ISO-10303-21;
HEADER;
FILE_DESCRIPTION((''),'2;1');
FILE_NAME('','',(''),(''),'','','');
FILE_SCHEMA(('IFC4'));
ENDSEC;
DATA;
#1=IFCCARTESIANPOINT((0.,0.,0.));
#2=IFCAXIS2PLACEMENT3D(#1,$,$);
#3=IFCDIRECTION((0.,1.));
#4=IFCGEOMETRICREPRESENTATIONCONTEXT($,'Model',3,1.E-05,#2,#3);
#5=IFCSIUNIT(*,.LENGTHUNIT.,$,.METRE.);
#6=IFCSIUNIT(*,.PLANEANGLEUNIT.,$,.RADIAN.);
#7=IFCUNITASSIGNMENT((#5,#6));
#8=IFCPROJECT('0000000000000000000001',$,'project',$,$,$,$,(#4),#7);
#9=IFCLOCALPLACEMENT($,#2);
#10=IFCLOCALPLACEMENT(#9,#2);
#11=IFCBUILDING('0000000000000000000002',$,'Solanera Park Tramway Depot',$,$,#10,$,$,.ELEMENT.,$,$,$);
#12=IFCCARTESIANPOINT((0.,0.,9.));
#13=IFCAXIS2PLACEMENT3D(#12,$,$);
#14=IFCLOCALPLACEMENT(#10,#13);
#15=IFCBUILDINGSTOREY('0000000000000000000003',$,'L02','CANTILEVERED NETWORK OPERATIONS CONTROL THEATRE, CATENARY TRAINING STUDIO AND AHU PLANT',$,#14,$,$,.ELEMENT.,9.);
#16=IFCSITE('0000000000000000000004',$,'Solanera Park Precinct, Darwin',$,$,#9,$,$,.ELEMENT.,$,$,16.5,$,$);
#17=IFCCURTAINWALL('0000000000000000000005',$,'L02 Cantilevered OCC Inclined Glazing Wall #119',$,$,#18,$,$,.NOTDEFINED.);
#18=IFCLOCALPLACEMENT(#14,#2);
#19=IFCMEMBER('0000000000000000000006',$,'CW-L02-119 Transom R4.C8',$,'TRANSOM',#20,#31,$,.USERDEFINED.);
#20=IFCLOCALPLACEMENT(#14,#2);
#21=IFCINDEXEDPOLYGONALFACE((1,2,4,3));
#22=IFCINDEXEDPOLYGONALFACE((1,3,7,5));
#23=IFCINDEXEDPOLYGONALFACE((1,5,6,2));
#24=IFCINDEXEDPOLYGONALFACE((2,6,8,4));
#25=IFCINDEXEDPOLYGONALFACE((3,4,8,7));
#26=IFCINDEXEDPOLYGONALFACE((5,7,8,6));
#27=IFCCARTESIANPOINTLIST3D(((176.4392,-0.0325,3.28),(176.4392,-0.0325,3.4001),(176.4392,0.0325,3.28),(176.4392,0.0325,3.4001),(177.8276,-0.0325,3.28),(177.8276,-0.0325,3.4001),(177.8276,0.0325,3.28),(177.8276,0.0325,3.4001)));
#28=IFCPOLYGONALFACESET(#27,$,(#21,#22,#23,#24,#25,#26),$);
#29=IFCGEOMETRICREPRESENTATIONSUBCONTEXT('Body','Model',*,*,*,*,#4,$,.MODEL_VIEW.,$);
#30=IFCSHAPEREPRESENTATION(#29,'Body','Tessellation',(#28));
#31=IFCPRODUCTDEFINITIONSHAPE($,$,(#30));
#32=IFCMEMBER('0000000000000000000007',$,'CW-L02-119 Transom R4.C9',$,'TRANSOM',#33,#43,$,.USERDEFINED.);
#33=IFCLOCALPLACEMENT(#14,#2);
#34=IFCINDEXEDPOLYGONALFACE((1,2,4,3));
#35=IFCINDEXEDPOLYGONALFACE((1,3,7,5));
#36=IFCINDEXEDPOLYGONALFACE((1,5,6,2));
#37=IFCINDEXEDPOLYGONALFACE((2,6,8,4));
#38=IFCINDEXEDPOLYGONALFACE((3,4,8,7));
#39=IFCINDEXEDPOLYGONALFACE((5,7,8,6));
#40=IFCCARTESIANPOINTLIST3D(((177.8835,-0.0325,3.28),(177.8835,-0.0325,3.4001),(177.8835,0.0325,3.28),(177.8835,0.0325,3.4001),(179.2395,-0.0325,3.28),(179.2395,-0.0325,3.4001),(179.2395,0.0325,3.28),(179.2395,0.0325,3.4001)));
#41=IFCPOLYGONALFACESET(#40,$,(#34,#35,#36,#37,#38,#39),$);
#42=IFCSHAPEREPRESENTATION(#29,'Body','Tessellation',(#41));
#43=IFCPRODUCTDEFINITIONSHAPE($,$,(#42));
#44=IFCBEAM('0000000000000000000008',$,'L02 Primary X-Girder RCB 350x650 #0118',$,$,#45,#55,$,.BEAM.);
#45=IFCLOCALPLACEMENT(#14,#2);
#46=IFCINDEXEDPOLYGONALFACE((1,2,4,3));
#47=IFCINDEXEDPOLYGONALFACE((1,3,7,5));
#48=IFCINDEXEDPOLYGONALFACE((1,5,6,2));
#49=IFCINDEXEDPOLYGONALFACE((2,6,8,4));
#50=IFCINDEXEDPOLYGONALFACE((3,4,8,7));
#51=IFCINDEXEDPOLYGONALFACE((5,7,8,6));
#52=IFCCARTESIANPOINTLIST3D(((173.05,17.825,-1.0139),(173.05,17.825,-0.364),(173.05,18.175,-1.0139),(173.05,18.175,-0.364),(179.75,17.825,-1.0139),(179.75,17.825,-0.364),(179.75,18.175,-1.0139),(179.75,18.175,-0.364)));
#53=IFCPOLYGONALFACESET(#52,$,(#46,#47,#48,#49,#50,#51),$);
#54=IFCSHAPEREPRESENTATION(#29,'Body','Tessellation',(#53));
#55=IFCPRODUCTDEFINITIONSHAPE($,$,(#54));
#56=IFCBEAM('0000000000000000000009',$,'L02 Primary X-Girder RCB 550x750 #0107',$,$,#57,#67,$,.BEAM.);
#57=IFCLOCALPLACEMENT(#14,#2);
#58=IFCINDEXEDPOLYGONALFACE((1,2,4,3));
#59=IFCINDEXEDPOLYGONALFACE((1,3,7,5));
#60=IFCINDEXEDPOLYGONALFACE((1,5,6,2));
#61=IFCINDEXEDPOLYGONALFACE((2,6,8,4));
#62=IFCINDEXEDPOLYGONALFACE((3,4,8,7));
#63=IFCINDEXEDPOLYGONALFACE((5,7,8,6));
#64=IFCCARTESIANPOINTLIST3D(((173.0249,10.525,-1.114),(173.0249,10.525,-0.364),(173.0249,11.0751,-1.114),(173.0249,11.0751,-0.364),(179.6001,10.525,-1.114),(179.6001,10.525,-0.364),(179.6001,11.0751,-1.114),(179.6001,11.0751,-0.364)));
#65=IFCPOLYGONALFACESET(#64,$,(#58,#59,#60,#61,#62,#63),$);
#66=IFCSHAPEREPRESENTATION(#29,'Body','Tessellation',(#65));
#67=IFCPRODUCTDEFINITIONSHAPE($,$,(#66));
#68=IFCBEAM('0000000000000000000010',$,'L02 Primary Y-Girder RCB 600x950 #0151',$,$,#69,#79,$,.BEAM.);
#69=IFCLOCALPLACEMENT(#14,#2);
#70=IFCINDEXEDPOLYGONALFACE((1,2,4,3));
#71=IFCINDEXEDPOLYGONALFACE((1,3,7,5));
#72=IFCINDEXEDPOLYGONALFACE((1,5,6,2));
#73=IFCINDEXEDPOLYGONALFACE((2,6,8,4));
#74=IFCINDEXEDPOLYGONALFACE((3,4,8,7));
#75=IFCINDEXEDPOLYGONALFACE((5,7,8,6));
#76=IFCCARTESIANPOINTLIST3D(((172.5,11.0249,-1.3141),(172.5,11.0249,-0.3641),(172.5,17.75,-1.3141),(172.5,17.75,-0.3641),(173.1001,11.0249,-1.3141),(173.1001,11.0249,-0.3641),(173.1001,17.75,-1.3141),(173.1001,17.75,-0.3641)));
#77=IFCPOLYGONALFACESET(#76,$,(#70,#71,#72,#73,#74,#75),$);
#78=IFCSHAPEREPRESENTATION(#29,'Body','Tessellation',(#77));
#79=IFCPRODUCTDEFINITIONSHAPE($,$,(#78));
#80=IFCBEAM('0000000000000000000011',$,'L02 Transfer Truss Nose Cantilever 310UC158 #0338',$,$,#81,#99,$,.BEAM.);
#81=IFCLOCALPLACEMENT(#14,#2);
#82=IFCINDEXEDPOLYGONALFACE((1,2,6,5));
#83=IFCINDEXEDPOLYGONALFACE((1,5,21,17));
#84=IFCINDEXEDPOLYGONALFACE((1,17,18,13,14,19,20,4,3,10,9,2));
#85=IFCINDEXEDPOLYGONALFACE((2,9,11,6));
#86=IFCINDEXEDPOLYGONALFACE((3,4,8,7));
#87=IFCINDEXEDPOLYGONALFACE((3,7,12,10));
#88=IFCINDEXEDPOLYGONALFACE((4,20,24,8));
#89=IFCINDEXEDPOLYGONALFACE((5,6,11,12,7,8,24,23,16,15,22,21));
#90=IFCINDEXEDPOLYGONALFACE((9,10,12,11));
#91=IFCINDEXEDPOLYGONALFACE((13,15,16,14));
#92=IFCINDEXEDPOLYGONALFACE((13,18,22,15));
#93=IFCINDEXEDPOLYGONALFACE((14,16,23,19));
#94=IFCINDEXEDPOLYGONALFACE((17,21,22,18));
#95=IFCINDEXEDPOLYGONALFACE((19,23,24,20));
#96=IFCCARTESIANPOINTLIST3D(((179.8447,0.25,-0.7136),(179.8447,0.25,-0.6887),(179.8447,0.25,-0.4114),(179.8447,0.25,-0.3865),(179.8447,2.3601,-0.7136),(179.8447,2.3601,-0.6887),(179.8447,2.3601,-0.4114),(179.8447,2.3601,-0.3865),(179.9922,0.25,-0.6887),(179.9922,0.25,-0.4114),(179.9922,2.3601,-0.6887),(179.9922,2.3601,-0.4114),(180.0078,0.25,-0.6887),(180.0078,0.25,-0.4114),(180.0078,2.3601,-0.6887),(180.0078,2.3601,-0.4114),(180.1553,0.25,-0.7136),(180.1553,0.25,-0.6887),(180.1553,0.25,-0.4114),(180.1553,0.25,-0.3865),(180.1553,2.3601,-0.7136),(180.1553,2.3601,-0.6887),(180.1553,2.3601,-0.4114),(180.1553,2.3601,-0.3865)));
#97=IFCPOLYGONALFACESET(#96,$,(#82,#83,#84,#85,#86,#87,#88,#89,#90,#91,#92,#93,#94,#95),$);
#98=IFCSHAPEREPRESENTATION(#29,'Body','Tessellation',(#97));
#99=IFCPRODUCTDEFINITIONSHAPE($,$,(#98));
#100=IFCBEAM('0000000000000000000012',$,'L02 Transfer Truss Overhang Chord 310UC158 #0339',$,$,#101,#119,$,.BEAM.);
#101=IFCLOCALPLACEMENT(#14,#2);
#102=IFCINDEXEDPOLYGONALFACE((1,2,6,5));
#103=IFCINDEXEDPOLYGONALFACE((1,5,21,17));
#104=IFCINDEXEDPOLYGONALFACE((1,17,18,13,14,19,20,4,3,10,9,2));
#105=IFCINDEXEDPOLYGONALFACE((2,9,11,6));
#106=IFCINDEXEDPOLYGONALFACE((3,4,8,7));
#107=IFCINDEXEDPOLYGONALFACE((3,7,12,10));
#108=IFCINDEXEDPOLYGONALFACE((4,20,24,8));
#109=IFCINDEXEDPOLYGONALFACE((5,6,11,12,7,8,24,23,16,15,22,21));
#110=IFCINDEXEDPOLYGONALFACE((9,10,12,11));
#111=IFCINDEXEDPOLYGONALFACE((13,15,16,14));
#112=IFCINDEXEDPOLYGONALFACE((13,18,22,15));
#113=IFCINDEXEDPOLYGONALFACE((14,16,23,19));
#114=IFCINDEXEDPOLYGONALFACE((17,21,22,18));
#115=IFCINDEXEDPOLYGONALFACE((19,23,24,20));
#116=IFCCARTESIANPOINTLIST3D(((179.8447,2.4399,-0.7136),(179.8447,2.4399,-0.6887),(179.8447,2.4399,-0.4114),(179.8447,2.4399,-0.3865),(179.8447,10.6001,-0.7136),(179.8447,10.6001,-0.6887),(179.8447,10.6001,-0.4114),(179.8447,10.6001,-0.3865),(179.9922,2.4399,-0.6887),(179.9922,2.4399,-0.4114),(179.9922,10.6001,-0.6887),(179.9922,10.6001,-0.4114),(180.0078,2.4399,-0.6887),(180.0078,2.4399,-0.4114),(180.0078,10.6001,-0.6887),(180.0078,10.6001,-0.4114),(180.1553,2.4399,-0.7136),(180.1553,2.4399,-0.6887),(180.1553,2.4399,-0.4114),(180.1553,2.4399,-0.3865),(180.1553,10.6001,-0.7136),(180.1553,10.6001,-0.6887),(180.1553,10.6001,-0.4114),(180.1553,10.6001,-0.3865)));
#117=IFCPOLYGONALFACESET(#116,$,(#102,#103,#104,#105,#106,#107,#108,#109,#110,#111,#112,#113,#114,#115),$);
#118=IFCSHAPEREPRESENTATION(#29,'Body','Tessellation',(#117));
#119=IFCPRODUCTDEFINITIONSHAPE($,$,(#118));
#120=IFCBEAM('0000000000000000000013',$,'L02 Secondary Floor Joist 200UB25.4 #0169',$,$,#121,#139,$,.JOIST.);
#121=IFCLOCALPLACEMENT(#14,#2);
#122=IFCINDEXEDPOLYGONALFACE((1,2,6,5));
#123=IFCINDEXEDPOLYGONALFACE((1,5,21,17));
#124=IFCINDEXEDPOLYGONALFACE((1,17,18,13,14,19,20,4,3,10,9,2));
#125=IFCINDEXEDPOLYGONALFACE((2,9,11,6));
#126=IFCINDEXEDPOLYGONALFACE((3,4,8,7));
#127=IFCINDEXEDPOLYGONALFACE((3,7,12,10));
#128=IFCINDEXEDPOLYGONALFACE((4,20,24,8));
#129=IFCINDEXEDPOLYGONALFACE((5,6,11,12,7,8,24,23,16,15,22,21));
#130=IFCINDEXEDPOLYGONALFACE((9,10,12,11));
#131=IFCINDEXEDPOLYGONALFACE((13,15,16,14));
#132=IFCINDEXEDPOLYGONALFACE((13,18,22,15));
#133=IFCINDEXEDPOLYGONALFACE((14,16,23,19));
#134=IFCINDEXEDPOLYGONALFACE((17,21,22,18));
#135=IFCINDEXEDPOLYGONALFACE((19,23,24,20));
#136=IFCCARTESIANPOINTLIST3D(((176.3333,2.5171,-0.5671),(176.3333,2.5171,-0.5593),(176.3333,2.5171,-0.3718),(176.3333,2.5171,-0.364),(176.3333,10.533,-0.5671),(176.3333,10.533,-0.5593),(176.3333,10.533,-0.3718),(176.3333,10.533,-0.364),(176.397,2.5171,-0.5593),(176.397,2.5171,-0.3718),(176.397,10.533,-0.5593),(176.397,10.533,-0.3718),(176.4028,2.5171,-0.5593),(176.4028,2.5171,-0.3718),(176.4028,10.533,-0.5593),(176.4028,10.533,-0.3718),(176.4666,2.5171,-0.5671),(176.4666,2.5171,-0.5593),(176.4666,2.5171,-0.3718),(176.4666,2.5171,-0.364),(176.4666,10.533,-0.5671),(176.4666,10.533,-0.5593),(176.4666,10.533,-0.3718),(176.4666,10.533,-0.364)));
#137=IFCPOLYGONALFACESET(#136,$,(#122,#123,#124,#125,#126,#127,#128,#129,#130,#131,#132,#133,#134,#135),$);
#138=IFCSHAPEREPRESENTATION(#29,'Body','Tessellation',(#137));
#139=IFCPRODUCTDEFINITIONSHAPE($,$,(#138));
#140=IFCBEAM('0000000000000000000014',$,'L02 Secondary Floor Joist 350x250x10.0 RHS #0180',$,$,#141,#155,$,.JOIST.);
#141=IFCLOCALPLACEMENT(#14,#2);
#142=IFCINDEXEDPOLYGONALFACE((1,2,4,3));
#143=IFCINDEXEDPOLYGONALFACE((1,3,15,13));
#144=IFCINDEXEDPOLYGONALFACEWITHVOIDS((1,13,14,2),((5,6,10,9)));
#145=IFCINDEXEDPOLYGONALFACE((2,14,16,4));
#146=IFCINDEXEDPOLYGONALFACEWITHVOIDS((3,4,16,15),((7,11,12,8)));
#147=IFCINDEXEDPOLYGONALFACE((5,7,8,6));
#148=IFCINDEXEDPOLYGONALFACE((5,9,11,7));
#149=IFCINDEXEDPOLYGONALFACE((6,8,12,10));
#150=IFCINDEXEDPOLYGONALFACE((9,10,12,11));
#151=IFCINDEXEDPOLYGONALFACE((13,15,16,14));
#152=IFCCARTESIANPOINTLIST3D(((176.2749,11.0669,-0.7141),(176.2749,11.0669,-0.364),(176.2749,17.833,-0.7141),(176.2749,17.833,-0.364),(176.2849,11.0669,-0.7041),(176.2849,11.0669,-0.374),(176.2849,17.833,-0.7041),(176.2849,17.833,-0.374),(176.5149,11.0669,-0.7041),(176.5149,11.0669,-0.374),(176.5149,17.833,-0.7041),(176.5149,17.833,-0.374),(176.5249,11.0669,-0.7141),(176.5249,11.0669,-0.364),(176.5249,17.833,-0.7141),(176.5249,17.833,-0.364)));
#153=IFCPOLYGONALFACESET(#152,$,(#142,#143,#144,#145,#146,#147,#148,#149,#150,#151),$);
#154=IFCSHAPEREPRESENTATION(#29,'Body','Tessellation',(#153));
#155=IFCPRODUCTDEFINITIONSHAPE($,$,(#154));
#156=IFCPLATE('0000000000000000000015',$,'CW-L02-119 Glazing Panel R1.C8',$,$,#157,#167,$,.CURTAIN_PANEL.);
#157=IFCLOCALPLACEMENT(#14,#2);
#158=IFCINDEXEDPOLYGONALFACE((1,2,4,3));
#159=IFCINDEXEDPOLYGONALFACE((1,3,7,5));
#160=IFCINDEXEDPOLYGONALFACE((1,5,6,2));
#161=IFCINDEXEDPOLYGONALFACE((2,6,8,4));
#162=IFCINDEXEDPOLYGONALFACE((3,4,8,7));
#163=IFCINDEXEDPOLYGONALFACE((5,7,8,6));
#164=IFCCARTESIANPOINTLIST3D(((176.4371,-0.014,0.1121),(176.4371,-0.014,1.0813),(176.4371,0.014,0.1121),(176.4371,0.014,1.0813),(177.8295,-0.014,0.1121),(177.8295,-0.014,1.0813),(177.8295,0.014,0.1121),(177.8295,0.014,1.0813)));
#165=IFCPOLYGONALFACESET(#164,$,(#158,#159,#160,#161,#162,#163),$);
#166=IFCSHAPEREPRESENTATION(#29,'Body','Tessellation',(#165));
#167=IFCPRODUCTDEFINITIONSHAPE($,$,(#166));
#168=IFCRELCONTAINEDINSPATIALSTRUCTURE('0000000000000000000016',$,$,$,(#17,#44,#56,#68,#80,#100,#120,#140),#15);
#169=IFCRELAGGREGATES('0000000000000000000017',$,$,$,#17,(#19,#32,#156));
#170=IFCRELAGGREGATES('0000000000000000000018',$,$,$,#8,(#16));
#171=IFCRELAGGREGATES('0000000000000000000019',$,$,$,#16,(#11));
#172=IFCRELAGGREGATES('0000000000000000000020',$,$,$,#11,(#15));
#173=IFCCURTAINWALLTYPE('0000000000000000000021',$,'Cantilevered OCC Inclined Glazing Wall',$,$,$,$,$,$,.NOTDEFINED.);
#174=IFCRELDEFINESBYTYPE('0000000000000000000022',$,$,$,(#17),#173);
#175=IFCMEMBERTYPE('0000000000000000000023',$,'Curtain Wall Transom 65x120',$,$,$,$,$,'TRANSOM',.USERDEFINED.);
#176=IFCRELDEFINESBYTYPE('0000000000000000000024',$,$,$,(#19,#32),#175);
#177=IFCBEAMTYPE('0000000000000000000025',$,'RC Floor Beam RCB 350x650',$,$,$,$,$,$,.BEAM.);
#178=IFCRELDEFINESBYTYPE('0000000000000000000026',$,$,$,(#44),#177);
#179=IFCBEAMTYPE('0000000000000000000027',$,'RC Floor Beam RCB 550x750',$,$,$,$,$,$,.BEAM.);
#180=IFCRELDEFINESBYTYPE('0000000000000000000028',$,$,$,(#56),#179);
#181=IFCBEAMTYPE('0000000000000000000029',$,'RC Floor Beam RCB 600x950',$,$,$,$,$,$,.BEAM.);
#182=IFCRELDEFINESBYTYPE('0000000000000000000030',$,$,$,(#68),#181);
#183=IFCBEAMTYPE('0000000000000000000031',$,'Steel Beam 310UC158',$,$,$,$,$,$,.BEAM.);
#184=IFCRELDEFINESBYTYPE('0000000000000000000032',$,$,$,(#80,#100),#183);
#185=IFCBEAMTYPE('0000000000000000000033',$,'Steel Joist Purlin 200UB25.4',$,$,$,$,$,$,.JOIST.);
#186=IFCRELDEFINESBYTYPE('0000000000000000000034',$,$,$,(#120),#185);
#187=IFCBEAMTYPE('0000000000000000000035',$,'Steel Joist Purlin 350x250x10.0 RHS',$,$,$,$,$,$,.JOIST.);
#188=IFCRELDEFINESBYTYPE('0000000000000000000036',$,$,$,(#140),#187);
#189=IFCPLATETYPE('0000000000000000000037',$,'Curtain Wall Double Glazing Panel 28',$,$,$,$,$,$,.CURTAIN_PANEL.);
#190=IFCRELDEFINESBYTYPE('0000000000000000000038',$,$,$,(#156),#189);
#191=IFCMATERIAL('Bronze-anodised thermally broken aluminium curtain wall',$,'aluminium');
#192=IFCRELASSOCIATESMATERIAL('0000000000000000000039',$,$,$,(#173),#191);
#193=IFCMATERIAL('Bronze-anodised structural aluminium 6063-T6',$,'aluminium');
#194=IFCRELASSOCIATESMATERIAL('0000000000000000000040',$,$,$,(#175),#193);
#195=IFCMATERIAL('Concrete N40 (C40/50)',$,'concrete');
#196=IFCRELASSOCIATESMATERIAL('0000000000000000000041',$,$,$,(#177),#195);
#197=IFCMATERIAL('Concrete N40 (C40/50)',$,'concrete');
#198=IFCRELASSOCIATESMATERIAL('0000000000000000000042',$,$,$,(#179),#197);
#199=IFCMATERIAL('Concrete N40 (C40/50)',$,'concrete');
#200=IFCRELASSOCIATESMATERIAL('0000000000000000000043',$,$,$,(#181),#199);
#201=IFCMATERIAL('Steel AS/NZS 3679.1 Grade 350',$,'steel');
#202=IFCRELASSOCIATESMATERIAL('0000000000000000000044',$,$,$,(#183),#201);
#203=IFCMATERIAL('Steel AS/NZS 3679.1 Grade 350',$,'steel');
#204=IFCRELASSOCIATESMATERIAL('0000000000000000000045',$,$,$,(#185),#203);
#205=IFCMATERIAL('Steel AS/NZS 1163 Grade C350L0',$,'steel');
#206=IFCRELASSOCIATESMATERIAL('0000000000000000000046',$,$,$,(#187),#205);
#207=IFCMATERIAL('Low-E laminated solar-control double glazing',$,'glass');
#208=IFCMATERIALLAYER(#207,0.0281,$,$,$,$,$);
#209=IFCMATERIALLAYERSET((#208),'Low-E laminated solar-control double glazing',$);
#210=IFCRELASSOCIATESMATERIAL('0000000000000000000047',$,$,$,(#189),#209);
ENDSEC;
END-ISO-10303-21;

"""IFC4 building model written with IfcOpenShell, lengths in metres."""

from ifc_helpers import new_model, si_unit, direction, frame, origin, origin_2d, place, context, subcontext, project, spatial, rectangle, hollow_rectangle, i_section, extrude, material, layer, layer_set, material_profile, profile_set, type_object, element, aggregate, save


model = new_model("IFC4")

# Units and contexts
model_context = context("Model", 3, precision=1e-05, world=origin(), true_north=direction((0.0, 1.0)))
body_context = subcontext(model_context, "Body", "Model", "MODEL_VIEW")
ifc_project = project(units=[si_unit("LENGTHUNIT", "METRE"), si_unit("PLANEANGLEUNIT", "RADIAN")], contexts=[model_context])

# Site, building, storey
site_placement = place(None, origin())
site = spatial("IfcSite", under=ifc_project, at=site_placement, Name="Solanera Park Precinct, Darwin", CompositionType="ELEMENT", RefElevation=16.5)
building_placement = place(site_placement, origin())
building = spatial("IfcBuilding", under=site, at=building_placement, Name="Solanera Park Tramway Depot", CompositionType="ELEMENT")
storey_placement = place(building_placement, frame((0.0, 0.0, 9.0)))
storey = spatial("IfcBuildingStorey", under=building, at=storey_placement, Name="L02", Description="CANTILEVERED NETWORK OPERATIONS CONTROL THEATRE, CATENARY TRAINING STUDIO AND AHU PLANT", CompositionType="ELEMENT", Elevation=9.0)

# Curtain wall, members
ifc_material_1 = material(Name="Bronze-anodised thermally broken aluminium curtain wall", Category="aluminium")
curtain_wall_type = type_object("IfcCurtainWallType", Name="Cantilevered OCC Inclined Glazing Wall", PredefinedType="NOTDEFINED", material=ifc_material_1)
curtain_wall_placement = place(storey_placement, origin())
curtain_wall = element("IfcCurtainWall", 1, at=curtain_wall_placement, inside=storey, type_object=curtain_wall_type, Name="L02 Cantilevered OCC Inclined Glazing Wall #119", PredefinedType="NOTDEFINED")
ifc_material_2 = material(Name="Bronze-anodised structural aluminium 6063-T6", Category="aluminium")
ifc_material_profile_1 = material_profile(ifc_material_2, rectangle(XDim=0.0649, YDim=0.1201, at=origin_2d()), Name="Curtain Wall Transom 65x120")
ifc_profile_set_1 = profile_set([ifc_material_profile_1], Name="Bronze-anodised structural aluminium 6063-T6")
member_type_1 = type_object("IfcMemberType", Name="Curtain Wall Transom 65x120", ElementType="TRANSOM", PredefinedType="USERDEFINED", material=ifc_profile_set_1)
member_1_placement = place(storey_placement, frame((176.4392, 0.0, 3.3401), z_axis=(1.0, 0.0, 0.0), x_axis=(0.0, 1.0, 0.0)))
member_1 = element("IfcMember", 2, at=member_1_placement, type_object=member_type_1, Name="CW-L02-119 Transom R4.C8", ObjectType="TRANSOM", PredefinedType="USERDEFINED", context=body_context, shape_type="SweptSolid", body=[
    extrude(rectangle(XDim=0.0649, YDim=0.1201, at=origin_2d()), origin(), (0.0, 0.0, 1.0), 1.3884),
])
member_2_placement = place(storey_placement, frame((177.8835, 0.0, 3.3401), z_axis=(1.0, 0.0, 0.0), x_axis=(0.0, 1.0, 0.0)))
member_2 = element("IfcMember", 3, at=member_2_placement, type_object=member_type_1, Name="CW-L02-119 Transom R4.C9", ObjectType="TRANSOM", PredefinedType="USERDEFINED", context=body_context, shape_type="SweptSolid", body=[
    extrude(rectangle(XDim=0.0649, YDim=0.1201, at=origin_2d()), origin(), (0.0, 0.0, 1.0), 1.356),
])

# Beams
ifc_material_3 = material(Name="Concrete N40 (C40/50)", Category="concrete")
ifc_material_profile_2 = material_profile(ifc_material_3, rectangle(XDim=0.3501, YDim=0.6499, at=origin_2d()), Name="RCB 350x650")
ifc_profile_set_2 = profile_set([ifc_material_profile_2], Name="Concrete N40 (C40/50)")
beam_type_1 = type_object("IfcBeamType", Name="RC Floor Beam RCB 350x650", PredefinedType="BEAM", material=ifc_profile_set_2)
beam_1_placement = place(storey_placement, frame((173.05, 18.0, -0.689), z_axis=(1.0, 0.0, 0.0), x_axis=(0.0, 1.0, 0.0)))
element("IfcBeam", 4, at=beam_1_placement, inside=storey, type_object=beam_type_1, Name="L02 Primary X-Girder RCB 350x650 #0118", PredefinedType="BEAM", context=body_context, shape_type="SweptSolid", body=[
    extrude(rectangle(XDim=0.3501, YDim=0.6499, at=origin_2d()), origin(), (0.0, 0.0, 1.0), 6.7),
])
ifc_material_4 = material(Name="Concrete N40 (C40/50)", Category="concrete")
ifc_material_profile_3 = material_profile(ifc_material_4, rectangle(XDim=0.55, YDim=0.75, at=origin_2d()), Name="RCB 550x750")
ifc_profile_set_3 = profile_set([ifc_material_profile_3], Name="Concrete N40 (C40/50)")
beam_type_2 = type_object("IfcBeamType", Name="RC Floor Beam RCB 550x750", PredefinedType="BEAM", material=ifc_profile_set_3)
beam_2_placement = place(storey_placement, frame((173.0249, 10.8, -0.739), z_axis=(1.0, 0.0, 0.0), x_axis=(0.0, 1.0, 0.0)))
element("IfcBeam", 5, at=beam_2_placement, inside=storey, type_object=beam_type_2, Name="L02 Primary X-Girder RCB 550x750 #0107", PredefinedType="BEAM", context=body_context, shape_type="SweptSolid", body=[
    extrude(rectangle(XDim=0.55, YDim=0.75, at=origin_2d()), origin(), (0.0, 0.0, 1.0), 6.5752),
])
ifc_material_5 = material(Name="Concrete N40 (C40/50)", Category="concrete")
ifc_material_profile_4 = material_profile(ifc_material_5, rectangle(XDim=0.6001, YDim=0.95, at=origin_2d()), Name="RCB 600x950")
ifc_profile_set_4 = profile_set([ifc_material_profile_4], Name="Concrete N40 (C40/50)")
beam_type_3 = type_object("IfcBeamType", Name="RC Floor Beam RCB 600x950", PredefinedType="BEAM", material=ifc_profile_set_4)
beam_3_placement = place(storey_placement, frame((172.8, 11.0249, -0.8391), z_axis=(0.0, 1.0, 0.0), x_axis=(-1.0, 0.0, 0.0)))
element("IfcBeam", 6, at=beam_3_placement, inside=storey, type_object=beam_type_3, Name="L02 Primary Y-Girder RCB 600x950 #0151", PredefinedType="BEAM", context=body_context, shape_type="SweptSolid", body=[
    extrude(rectangle(XDim=0.6001, YDim=0.95, at=origin_2d()), origin(), (0.0, 0.0, 1.0), 6.7251),
])
ifc_material_6 = material(Name="Steel AS/NZS 3679.1 Grade 350", Category="steel")
ifc_material_profile_5 = material_profile(ifc_material_6, i_section(OverallWidth=0.3105, OverallDepth=0.3271, WebThickness=0.0156, FlangeThickness=0.0249, at=origin_2d()), Name="310UC158")
ifc_profile_set_5 = profile_set([ifc_material_profile_5], Name="Steel AS/NZS 3679.1 Grade 350")
beam_type_4 = type_object("IfcBeamType", Name="Steel Beam 310UC158", PredefinedType="BEAM", material=ifc_profile_set_5)
beam_4_placement = place(storey_placement, frame((180.0, 0.25, -0.55), z_axis=(0.0, 1.0, 0.0), x_axis=(-1.0, 0.0, 0.0)))
element("IfcBeam", 7, at=beam_4_placement, inside=storey, type_object=beam_type_4, Name="L02 Transfer Truss Nose Cantilever 310UC158 #0338", PredefinedType="BEAM", context=body_context, shape_type="SweptSolid", body=[
    extrude(i_section(OverallWidth=0.3105, OverallDepth=0.3271, WebThickness=0.0156, FlangeThickness=0.0249, at=origin_2d()), origin(), (0.0, 0.0, 1.0), 2.1101),
])
beam_5_placement = place(storey_placement, frame((180.0, 2.4399, -0.55), z_axis=(0.0, 1.0, 0.0), x_axis=(-1.0, 0.0, 0.0)))
element("IfcBeam", 8, at=beam_5_placement, inside=storey, type_object=beam_type_4, Name="L02 Transfer Truss Overhang Chord 310UC158 #0339", PredefinedType="BEAM", context=body_context, shape_type="SweptSolid", body=[
    extrude(i_section(OverallWidth=0.3105, OverallDepth=0.3271, WebThickness=0.0156, FlangeThickness=0.0249, at=origin_2d()), origin(), (0.0, 0.0, 1.0), 8.1602),
])
ifc_material_7 = material(Name="Steel AS/NZS 3679.1 Grade 350", Category="steel")
ifc_material_profile_6 = material_profile(ifc_material_7, i_section(OverallWidth=0.1333, OverallDepth=0.2031, WebThickness=0.0059, FlangeThickness=0.0078, at=origin_2d()), Name="200UB25.4")
ifc_profile_set_6 = profile_set([ifc_material_profile_6], Name="Steel AS/NZS 3679.1 Grade 350")
beam_type_5 = type_object("IfcBeamType", Name="Steel Joist Purlin 200UB25.4", PredefinedType="JOIST", material=ifc_profile_set_6)
beam_6_placement = place(storey_placement, frame((176.3999, 2.5171, -0.4656), z_axis=(0.0, 1.0, 0.0), x_axis=(-1.0, 0.0, 0.0)))
element("IfcBeam", 9, at=beam_6_placement, inside=storey, type_object=beam_type_5, Name="L02 Secondary Floor Joist 200UB25.4 #0169", PredefinedType="JOIST", context=body_context, shape_type="SweptSolid", body=[
    extrude(i_section(OverallWidth=0.1333, OverallDepth=0.2031, WebThickness=0.0059, FlangeThickness=0.0078, at=origin_2d()), origin(), (0.0, 0.0, 1.0), 8.0159),
])
ifc_material_8 = material(Name="Steel AS/NZS 1163 Grade C350L0", Category="steel")
ifc_material_profile_7 = material_profile(ifc_material_8, hollow_rectangle(XDim=0.25, YDim=0.3501, WallThickness=0.01, at=origin_2d()), Name="350x250x10.0 RHS")
ifc_profile_set_7 = profile_set([ifc_material_profile_7], Name="Steel AS/NZS 1163 Grade C350L0")
beam_type_6 = type_object("IfcBeamType", Name="Steel Joist Purlin 350x250x10.0 RHS", PredefinedType="JOIST", material=ifc_profile_set_7)
beam_7_placement = place(storey_placement, frame((176.3999, 11.0669, -0.5391), z_axis=(0.0, 1.0, 0.0), x_axis=(-1.0, 0.0, 0.0)))
element("IfcBeam", 10, at=beam_7_placement, inside=storey, type_object=beam_type_6, Name="L02 Secondary Floor Joist 350x250x10.0 RHS #0180", PredefinedType="JOIST", context=body_context, shape_type="SweptSolid", body=[
    extrude(hollow_rectangle(XDim=0.25, YDim=0.3501, WallThickness=0.01, at=origin_2d()), origin(), (0.0, 0.0, 1.0), 6.7661),
])

# Plate
ifc_material_9 = material(Name="Low-E laminated solar-control double glazing", Category="glass")
ifc_layer_1 = layer(ifc_material_9, 0.0281)
ifc_layer_set_1 = layer_set([ifc_layer_1], Name="Low-E laminated solar-control double glazing")
plate_type_1 = type_object("IfcPlateType", Name="Curtain Wall Double Glazing Panel 28", PredefinedType="CURTAIN_PANEL", material=ifc_layer_set_1)
plate_1_placement = place(storey_placement, frame((177.1333, 0.0, 0.1121), z_axis=(0.0, 0.0, 1.0), x_axis=(1.0, 0.0, 0.0)))
plate_1 = element("IfcPlate", 11, at=plate_1_placement, type_object=plate_type_1, Name="CW-L02-119 Glazing Panel R1.C8", PredefinedType="CURTAIN_PANEL", context=body_context, shape_type="SweptSolid", body=[
    extrude(rectangle(XDim=1.3923, YDim=0.0281, at=origin_2d()), origin(), (0.0, 0.0, 1.0), 0.9692),
])
aggregate(curtain_wall, [member_1, member_2, plate_1])

save(model, "model.ifc")
